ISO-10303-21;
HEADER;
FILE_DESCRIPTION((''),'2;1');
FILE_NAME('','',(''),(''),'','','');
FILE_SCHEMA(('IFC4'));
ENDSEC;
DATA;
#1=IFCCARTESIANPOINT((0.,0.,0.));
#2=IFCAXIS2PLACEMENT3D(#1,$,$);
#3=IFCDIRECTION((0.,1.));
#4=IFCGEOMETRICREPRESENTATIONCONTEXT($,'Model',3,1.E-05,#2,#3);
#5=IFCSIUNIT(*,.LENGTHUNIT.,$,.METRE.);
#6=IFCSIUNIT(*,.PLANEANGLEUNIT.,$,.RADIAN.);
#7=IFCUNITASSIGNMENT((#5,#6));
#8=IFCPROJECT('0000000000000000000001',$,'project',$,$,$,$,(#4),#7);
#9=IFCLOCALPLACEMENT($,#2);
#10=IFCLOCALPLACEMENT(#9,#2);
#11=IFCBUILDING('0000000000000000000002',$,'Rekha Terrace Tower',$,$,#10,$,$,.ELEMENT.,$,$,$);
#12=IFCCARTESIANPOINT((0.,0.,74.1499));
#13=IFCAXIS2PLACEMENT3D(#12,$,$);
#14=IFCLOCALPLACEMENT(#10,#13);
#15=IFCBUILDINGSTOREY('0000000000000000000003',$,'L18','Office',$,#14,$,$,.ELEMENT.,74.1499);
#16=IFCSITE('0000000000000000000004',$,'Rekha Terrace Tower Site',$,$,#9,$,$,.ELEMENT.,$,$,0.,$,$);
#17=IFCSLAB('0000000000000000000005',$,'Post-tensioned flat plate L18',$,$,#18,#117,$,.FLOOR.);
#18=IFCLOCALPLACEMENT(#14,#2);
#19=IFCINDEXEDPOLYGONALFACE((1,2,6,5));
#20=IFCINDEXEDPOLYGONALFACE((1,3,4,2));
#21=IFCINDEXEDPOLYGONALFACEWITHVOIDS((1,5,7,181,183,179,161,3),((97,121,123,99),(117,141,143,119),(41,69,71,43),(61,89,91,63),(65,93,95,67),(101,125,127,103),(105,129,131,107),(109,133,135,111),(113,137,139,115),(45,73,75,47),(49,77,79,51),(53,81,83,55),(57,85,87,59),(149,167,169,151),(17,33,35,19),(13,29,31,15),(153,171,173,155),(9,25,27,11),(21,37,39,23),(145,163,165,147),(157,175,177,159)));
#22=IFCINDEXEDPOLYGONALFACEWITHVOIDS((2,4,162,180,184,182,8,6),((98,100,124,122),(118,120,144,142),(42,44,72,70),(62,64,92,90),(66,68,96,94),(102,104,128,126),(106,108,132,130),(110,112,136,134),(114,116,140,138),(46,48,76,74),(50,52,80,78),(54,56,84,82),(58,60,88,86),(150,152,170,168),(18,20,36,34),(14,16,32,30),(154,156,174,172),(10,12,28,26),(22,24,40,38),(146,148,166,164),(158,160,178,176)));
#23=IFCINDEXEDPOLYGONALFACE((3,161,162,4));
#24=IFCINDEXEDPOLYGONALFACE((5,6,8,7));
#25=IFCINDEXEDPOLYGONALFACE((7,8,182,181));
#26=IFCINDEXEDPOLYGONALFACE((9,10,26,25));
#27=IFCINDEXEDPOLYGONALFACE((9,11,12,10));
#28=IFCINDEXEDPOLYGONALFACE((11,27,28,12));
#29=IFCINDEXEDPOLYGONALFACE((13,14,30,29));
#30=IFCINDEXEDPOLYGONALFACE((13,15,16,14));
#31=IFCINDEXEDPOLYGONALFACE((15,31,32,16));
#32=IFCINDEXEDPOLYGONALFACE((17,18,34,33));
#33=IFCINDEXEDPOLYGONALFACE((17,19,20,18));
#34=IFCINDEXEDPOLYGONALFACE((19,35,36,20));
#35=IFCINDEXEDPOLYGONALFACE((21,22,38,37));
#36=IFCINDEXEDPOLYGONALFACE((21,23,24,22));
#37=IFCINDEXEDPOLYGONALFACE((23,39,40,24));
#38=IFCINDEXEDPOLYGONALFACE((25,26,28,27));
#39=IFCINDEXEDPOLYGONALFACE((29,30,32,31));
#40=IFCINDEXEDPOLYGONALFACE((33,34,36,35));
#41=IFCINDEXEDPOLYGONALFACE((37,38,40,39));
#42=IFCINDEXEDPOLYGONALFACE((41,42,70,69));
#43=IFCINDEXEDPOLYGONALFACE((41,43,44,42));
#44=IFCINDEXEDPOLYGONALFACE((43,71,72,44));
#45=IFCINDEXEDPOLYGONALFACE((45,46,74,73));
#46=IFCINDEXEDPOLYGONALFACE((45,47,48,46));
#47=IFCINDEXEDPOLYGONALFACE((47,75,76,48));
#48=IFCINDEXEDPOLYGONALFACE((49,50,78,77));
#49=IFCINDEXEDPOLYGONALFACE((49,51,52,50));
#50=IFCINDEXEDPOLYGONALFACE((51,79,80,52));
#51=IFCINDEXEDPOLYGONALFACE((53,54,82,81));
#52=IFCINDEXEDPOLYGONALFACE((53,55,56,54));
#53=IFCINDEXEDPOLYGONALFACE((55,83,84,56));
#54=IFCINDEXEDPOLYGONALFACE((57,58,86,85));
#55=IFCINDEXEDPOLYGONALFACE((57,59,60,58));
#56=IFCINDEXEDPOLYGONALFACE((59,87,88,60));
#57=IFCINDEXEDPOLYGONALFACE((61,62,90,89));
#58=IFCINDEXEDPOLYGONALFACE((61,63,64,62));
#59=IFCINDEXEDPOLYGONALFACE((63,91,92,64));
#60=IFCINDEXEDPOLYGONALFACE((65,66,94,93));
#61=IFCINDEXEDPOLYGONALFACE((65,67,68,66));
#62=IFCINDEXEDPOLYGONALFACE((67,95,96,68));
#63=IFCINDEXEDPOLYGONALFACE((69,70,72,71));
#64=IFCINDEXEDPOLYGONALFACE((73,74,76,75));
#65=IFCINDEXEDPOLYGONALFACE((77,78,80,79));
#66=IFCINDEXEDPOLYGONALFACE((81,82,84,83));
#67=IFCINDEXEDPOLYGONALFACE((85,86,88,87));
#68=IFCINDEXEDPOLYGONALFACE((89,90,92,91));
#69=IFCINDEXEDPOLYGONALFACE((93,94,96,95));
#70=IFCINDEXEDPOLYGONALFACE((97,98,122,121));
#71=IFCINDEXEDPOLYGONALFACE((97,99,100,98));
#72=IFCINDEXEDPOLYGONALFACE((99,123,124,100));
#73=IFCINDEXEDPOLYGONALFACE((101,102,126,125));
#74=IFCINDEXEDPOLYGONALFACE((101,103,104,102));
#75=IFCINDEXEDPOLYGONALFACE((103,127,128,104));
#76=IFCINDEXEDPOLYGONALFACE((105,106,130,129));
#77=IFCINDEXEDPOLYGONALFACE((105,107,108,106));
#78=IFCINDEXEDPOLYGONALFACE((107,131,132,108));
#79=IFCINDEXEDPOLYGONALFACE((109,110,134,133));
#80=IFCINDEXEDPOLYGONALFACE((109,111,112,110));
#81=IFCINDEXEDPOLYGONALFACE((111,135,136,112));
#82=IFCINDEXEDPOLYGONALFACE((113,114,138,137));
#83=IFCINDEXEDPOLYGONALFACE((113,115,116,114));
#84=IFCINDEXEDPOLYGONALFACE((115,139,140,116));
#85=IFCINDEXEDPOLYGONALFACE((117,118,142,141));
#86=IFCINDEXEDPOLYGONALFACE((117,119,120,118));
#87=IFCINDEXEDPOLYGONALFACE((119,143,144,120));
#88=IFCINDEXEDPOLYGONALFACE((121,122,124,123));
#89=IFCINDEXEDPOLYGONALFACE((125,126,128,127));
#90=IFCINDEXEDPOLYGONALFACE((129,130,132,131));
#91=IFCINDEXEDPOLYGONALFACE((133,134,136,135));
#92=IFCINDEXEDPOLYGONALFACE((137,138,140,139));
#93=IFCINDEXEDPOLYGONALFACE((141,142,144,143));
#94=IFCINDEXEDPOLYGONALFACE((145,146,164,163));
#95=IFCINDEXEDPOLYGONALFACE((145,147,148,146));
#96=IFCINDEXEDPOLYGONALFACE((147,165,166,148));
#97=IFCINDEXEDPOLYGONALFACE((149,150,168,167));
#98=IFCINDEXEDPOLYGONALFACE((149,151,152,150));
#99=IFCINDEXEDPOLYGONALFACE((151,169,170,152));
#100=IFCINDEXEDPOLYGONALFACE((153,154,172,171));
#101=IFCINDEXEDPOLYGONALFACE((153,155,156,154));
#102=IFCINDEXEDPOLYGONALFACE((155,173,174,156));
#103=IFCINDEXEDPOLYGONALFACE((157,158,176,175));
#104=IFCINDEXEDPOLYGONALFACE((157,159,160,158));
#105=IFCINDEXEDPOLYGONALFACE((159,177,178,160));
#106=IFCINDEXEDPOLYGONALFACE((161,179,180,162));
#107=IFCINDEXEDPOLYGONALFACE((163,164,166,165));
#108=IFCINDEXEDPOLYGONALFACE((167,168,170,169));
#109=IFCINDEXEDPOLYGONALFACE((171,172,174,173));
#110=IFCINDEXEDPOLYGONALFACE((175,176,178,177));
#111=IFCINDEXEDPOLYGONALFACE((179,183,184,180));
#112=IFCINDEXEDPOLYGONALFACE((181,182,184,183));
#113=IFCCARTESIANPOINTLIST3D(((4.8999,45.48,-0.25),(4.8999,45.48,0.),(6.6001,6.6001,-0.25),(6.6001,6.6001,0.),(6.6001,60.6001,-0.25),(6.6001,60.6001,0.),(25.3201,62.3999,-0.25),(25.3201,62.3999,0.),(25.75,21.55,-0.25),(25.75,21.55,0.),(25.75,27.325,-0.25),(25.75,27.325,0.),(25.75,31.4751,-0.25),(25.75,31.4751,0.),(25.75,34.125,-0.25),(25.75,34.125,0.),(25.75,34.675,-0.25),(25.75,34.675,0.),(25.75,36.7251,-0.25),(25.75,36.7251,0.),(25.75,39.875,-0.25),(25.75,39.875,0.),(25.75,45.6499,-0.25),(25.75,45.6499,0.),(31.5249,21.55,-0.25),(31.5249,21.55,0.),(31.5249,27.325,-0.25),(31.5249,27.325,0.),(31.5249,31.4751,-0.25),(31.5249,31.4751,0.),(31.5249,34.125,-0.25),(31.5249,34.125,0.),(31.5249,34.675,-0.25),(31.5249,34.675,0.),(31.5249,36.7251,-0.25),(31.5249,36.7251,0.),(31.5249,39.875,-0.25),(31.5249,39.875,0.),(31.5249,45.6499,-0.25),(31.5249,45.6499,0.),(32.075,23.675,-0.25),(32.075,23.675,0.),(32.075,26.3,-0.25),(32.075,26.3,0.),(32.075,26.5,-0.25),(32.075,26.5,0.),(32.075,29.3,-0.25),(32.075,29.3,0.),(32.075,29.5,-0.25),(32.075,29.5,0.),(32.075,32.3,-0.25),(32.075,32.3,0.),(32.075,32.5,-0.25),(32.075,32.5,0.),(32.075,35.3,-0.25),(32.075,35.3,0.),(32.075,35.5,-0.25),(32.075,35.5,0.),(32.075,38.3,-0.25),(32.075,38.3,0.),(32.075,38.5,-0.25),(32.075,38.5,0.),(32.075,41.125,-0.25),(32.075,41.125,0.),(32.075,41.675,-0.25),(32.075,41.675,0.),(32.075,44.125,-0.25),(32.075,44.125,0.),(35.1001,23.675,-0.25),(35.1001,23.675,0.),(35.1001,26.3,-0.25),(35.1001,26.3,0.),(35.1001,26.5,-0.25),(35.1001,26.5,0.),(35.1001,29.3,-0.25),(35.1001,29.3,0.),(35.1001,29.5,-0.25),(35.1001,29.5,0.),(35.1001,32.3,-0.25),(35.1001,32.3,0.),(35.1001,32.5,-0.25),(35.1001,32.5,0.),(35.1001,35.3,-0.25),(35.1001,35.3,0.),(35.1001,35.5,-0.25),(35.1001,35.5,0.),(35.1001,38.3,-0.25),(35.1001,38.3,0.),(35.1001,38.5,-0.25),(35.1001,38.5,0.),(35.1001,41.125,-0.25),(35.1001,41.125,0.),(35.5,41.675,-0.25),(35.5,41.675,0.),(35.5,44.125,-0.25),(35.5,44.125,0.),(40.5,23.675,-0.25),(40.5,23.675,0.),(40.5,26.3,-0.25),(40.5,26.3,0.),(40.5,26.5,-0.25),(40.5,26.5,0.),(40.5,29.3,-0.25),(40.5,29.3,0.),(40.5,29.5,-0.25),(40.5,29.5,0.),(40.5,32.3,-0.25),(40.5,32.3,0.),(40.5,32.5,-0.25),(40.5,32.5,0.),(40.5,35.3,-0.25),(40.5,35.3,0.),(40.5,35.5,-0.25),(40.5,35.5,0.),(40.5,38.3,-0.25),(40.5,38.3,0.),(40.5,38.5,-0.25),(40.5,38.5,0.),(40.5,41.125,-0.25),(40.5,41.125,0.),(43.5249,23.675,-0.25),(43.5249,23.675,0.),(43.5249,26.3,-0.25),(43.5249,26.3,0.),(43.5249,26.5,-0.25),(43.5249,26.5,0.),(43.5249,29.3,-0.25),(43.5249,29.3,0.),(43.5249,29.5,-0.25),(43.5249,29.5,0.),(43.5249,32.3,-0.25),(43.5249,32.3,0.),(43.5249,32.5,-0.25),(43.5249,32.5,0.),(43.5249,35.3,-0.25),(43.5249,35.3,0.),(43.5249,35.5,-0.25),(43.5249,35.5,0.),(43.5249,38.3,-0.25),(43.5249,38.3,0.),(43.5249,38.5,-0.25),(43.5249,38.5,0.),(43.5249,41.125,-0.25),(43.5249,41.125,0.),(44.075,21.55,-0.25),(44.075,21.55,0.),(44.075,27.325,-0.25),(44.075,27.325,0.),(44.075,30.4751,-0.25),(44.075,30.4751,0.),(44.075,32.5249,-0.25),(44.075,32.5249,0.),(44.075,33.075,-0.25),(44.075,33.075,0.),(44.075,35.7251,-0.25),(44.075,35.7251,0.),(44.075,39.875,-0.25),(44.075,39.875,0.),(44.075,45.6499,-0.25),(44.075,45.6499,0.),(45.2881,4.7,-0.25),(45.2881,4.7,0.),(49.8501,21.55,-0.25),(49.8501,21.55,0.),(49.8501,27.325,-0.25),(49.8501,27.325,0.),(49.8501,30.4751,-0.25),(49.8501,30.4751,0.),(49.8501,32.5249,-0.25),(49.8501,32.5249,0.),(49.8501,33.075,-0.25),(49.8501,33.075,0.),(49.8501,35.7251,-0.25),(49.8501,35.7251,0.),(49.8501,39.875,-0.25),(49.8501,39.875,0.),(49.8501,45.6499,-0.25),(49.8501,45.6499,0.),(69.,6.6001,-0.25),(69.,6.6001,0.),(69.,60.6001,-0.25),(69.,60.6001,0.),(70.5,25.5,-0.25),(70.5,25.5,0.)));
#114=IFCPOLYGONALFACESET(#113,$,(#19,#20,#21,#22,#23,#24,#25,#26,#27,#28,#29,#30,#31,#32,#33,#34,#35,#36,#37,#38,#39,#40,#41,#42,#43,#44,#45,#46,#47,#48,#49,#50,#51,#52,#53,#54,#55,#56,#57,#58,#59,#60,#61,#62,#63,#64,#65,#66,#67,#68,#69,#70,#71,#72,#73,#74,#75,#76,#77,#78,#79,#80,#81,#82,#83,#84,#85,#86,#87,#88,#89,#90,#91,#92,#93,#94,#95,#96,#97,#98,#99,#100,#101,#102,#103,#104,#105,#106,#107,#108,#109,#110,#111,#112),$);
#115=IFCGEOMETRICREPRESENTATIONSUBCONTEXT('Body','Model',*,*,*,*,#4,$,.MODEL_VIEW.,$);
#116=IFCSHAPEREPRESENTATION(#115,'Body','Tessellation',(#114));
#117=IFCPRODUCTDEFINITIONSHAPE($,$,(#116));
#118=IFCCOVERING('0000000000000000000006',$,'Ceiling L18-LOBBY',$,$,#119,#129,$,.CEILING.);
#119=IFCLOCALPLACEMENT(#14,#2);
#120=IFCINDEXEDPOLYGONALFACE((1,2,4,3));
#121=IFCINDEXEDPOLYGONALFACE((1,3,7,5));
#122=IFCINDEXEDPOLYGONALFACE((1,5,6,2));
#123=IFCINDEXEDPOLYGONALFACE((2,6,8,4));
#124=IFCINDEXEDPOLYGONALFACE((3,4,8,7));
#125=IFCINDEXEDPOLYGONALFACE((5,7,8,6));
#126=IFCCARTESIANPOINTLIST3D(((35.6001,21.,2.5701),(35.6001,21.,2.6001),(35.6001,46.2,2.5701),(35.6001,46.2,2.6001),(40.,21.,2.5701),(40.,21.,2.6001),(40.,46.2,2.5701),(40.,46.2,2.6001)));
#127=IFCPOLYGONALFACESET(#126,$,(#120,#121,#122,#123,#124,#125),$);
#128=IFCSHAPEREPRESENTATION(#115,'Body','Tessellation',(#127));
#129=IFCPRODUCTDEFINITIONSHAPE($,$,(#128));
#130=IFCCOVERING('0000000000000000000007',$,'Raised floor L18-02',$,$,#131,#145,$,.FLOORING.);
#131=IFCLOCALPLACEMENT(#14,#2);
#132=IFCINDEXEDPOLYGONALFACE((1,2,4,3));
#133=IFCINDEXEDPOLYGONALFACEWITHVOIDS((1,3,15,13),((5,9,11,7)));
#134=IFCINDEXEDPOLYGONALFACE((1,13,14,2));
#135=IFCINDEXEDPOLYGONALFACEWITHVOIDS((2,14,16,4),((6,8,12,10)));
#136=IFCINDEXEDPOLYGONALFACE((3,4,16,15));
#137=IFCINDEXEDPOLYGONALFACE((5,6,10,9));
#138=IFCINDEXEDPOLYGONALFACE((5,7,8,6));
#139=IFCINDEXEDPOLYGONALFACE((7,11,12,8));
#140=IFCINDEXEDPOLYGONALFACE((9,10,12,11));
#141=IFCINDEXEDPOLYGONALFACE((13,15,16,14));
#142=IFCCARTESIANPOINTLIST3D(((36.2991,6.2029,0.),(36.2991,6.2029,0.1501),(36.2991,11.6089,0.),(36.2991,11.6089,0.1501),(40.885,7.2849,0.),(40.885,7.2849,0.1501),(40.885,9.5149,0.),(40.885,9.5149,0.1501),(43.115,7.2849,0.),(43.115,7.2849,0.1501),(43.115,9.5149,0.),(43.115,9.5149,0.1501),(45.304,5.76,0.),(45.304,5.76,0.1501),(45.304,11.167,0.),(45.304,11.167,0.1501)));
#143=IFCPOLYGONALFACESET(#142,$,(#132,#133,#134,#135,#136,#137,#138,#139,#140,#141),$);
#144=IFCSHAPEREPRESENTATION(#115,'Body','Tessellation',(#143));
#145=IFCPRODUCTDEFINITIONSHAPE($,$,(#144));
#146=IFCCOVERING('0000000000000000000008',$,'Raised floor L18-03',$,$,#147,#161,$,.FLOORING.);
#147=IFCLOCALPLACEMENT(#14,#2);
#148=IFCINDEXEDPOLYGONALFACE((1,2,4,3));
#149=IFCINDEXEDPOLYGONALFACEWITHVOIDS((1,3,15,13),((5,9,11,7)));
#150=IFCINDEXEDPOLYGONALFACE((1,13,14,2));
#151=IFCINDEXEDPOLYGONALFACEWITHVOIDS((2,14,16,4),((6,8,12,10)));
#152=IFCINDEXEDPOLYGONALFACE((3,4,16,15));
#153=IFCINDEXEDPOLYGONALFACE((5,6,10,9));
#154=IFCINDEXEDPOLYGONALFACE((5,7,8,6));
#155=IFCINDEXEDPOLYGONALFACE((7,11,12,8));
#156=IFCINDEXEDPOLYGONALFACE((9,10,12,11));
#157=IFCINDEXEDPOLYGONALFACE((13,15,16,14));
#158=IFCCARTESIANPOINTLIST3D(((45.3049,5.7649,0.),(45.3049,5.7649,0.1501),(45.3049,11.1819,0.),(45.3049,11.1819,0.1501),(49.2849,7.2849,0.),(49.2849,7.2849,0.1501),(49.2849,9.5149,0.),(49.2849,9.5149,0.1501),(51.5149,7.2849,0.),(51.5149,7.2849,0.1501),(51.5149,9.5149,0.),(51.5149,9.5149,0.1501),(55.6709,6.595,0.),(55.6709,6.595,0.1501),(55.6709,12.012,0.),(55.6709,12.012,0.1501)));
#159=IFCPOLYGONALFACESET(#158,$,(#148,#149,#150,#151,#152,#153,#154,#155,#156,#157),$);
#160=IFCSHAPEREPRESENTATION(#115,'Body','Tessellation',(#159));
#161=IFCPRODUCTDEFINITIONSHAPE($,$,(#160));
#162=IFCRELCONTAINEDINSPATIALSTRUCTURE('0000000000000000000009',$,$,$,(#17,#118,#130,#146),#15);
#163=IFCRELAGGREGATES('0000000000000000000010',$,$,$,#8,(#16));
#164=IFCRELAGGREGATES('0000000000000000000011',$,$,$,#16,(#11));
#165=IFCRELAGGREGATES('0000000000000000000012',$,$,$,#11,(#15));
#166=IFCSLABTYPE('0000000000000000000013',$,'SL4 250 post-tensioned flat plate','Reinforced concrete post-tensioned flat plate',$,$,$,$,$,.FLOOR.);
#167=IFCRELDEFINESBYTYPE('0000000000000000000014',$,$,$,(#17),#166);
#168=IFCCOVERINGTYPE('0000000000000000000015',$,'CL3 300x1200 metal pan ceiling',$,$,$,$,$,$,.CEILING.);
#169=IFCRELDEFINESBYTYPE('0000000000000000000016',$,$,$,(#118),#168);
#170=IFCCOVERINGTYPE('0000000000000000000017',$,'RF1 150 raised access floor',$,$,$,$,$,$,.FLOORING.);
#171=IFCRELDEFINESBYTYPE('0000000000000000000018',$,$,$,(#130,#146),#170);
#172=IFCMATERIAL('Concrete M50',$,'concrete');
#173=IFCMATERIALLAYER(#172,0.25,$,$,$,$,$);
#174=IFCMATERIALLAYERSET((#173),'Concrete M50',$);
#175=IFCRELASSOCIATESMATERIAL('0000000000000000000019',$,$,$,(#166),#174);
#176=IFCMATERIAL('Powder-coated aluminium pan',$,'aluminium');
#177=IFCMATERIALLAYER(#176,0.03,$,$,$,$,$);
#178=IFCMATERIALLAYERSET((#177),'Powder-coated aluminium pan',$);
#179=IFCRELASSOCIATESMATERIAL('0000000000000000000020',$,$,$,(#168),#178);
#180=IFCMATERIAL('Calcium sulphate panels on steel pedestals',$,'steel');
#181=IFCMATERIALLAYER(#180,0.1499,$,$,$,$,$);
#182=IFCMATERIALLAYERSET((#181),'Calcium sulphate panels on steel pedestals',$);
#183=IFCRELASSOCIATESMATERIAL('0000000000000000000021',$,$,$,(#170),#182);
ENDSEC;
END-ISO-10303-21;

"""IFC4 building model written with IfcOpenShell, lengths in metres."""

from ifc_helpers import new_model, si_unit, direction, frame, origin, place, context, subcontext, project, spatial, polyline, outline, extrude, material, layer, layer_set, type_object, element, save


model = new_model("IFC4")

# Units and contexts
model_context = context("Model", 3, precision=1e-05, world=origin(), true_north=direction((0.0, 1.0)))
body_context = subcontext(model_context, "Body", "Model", "MODEL_VIEW")
ifc_project = project(units=[si_unit("LENGTHUNIT", "METRE"), si_unit("PLANEANGLEUNIT", "RADIAN")], contexts=[model_context])

# Site, building, storey
site_placement = place(None, origin())
site = spatial("IfcSite", under=ifc_project, at=site_placement, Name="Rekha Terrace Tower Site", CompositionType="ELEMENT", RefElevation=0.0)
building_placement = place(site_placement, origin())
building = spatial("IfcBuilding", under=site, at=building_placement, Name="Rekha Terrace Tower", CompositionType="ELEMENT")
storey_placement = place(building_placement, frame((0.0, 0.0, 74.1499)))
storey = spatial("IfcBuildingStorey", under=building, at=storey_placement, Name="L18", Description="Office", CompositionType="ELEMENT", Elevation=74.1499)

# Slab
ifc_material_1 = material(Name="Concrete M50", Category="concrete")
ifc_layer_1 = layer(ifc_material_1, 0.25)
ifc_layer_set_1 = layer_set([ifc_layer_1], Name="Concrete M50")
slab_type_1 = type_object("IfcSlabType", Name="SL4 250 post-tensioned flat plate", Description="Reinforced concrete post-tensioned flat plate", PredefinedType="FLOOR", material=ifc_layer_set_1)
slab_1_placement = place(storey_placement, frame((0.0, 0.0, -0.25)))
element("IfcSlab", 1, at=slab_1_placement, inside=storey, type_object=slab_type_1, Name="Post-tensioned flat plate L18", PredefinedType="FLOOR", context=body_context, shape_type="SweptSolid", body=[
    extrude(outline(polyline([(4.8999, 45.48), (6.6001, 6.6001), (45.2881, 4.7), (69.0, 6.6001), (70.5, 25.5), (69.0, 60.6001), (25.3201, 62.3999), (6.6001, 60.6001), (4.8999, 45.48)]), holes=[polyline([(31.5249, 27.325), (31.5249, 21.55), (25.75, 21.55), (25.75, 27.325), (31.5249, 27.325)]), polyline([(35.1001, 26.3), (35.1001, 23.675), (32.075, 23.675), (32.075, 26.3), (35.1001, 26.3)]), polyline([(35.1001, 29.3), (35.1001, 26.5), (32.075, 26.5), (32.075, 29.3), (35.1001, 29.3)]), polyline([(35.1001, 29.5), (32.075, 29.5), (32.075, 32.3), (35.1001, 32.3), (35.1001, 29.5)]), polyline([(31.5249, 31.4751), (25.75, 31.4751), (25.75, 34.125), (31.5249, 34.125), (31.5249, 31.4751)]), polyline([(35.1001, 35.3), (35.1001, 32.5), (32.075, 32.5), (32.075, 35.3), (35.1001, 35.3)]), polyline([(31.5249, 36.7251), (31.5249, 34.675), (25.75, 34.675), (25.75, 36.7251), (31.5249, 36.7251)]), polyline([(35.1001, 38.3), (35.1001, 35.5), (32.075, 35.5), (32.075, 38.3), (35.1001, 38.3)]), polyline([(35.1001, 38.5), (32.075, 38.5), (32.075, 41.125), (35.1001, 41.125), (35.1001, 38.5)]), polyline([(31.5249, 39.875), (25.75, 39.875), (25.75, 45.6499), (31.5249, 45.6499), (31.5249, 39.875)]), polyline([(35.5, 44.125), (35.5, 41.675), (32.075, 41.675), (32.075, 44.125), (35.5, 44.125)]), polyline([(49.8501, 27.325), (49.8501, 21.55), (44.075, 21.55), (44.075, 27.325), (49.8501, 27.325)]), polyline([(43.5249, 26.3), (43.5249, 23.675), (40.5, 23.675), (40.5, 26.3), (43.5249, 26.3)]), polyline([(43.5249, 26.5), (40.5, 26.5), (40.5, 29.3), (43.5249, 29.3), (43.5249, 26.5)]), polyline([(43.5249, 29.5), (40.5, 29.5), (40.5, 32.3), (43.5249, 32.3), (43.5249, 29.5)]), polyline([(49.8501, 32.5249), (49.8501, 30.4751), (44.075, 30.4751), (44.075, 32.5249), (49.8501, 32.5249)]), polyline([(43.5249, 32.5), (40.5, 32.5), (40.5, 35.3), (43.5249, 35.3), (43.5249, 32.5)]), polyline([(49.8501, 33.075), (44.075, 33.075), (44.075, 35.7251), (49.8501, 35.7251), (49.8501, 33.075)]), polyline([(43.5249, 38.3), (43.5249, 35.5), (40.5, 35.5), (40.5, 38.3), (43.5249, 38.3)]), polyline([(43.5249, 38.5), (40.5, 38.5), (40.5, 41.125), (43.5249, 41.125), (43.5249, 38.5)]), polyline([(49.8501, 39.875), (44.075, 39.875), (44.075, 45.6499), (49.8501, 45.6499), (49.8501, 39.875)])]), origin(), (0.0, 0.0, 1.0), 0.25),
])

# Coverings
ifc_material_2 = material(Name="Powder-coated aluminium pan", Category="aluminium")
ifc_layer_2 = layer(ifc_material_2, 0.03)
ifc_layer_set_2 = layer_set([ifc_layer_2], Name="Powder-coated aluminium pan")
covering_type_1 = type_object("IfcCoveringType", Name="CL3 300x1200 metal pan ceiling", PredefinedType="CEILING", material=ifc_layer_set_2)
covering_1_placement = place(storey_placement, frame((0.0, 0.0, 2.5701)))
element("IfcCovering", 2, at=covering_1_placement, inside=storey, type_object=covering_type_1, Name="Ceiling L18-LOBBY", PredefinedType="CEILING", context=body_context, shape_type="SweptSolid", body=[
    extrude(outline(polyline([(40.0, 46.2), (35.6001, 46.2), (35.6001, 21.0), (40.0, 21.0), (40.0, 46.2)])), origin(), (0.0, 0.0, 1.0), 0.03),
])
ifc_material_3 = material(Name="Calcium sulphate panels on steel pedestals", Category="steel")
ifc_layer_3 = layer(ifc_material_3, 0.1499)
ifc_layer_set_3 = layer_set([ifc_layer_3], Name="Calcium sulphate panels on steel pedestals")
covering_type_2 = type_object("IfcCoveringType", Name="RF1 150 raised access floor", PredefinedType="FLOORING", material=ifc_layer_set_3)
covering_2_placement = place(storey_placement, origin())
element("IfcCovering", 3, at=covering_2_placement, inside=storey, type_object=covering_type_2, Name="Raised floor L18-02", PredefinedType="FLOORING", context=body_context, shape_type="SweptSolid", body=[
    extrude(outline(polyline([(45.304, 11.167), (36.2991, 11.6089), (36.2991, 6.2029), (45.304, 5.76), (45.304, 11.167)]), holes=[polyline([(43.115, 7.2849), (40.885, 7.2849), (40.885, 9.5149), (43.115, 9.5149), (43.115, 7.2849)])]), origin(), (0.0, 0.0, 1.0), 0.1501),
])
covering_3_placement = place(storey_placement, origin())
element("IfcCovering", 4, at=covering_3_placement, inside=storey, type_object=covering_type_2, Name="Raised floor L18-03", PredefinedType="FLOORING", context=body_context, shape_type="SweptSolid", body=[
    extrude(outline(polyline([(55.6709, 6.595), (55.6709, 12.012), (45.3049, 11.1819), (45.3049, 5.7649), (55.6709, 6.595)]), holes=[polyline([(51.5149, 7.2849), (49.2849, 7.2849), (49.2849, 9.5149), (51.5149, 9.5149), (51.5149, 7.2849)])]), origin(), (0.0, 0.0, 1.0), 0.1501),
])

save(model, "model.ifc")
